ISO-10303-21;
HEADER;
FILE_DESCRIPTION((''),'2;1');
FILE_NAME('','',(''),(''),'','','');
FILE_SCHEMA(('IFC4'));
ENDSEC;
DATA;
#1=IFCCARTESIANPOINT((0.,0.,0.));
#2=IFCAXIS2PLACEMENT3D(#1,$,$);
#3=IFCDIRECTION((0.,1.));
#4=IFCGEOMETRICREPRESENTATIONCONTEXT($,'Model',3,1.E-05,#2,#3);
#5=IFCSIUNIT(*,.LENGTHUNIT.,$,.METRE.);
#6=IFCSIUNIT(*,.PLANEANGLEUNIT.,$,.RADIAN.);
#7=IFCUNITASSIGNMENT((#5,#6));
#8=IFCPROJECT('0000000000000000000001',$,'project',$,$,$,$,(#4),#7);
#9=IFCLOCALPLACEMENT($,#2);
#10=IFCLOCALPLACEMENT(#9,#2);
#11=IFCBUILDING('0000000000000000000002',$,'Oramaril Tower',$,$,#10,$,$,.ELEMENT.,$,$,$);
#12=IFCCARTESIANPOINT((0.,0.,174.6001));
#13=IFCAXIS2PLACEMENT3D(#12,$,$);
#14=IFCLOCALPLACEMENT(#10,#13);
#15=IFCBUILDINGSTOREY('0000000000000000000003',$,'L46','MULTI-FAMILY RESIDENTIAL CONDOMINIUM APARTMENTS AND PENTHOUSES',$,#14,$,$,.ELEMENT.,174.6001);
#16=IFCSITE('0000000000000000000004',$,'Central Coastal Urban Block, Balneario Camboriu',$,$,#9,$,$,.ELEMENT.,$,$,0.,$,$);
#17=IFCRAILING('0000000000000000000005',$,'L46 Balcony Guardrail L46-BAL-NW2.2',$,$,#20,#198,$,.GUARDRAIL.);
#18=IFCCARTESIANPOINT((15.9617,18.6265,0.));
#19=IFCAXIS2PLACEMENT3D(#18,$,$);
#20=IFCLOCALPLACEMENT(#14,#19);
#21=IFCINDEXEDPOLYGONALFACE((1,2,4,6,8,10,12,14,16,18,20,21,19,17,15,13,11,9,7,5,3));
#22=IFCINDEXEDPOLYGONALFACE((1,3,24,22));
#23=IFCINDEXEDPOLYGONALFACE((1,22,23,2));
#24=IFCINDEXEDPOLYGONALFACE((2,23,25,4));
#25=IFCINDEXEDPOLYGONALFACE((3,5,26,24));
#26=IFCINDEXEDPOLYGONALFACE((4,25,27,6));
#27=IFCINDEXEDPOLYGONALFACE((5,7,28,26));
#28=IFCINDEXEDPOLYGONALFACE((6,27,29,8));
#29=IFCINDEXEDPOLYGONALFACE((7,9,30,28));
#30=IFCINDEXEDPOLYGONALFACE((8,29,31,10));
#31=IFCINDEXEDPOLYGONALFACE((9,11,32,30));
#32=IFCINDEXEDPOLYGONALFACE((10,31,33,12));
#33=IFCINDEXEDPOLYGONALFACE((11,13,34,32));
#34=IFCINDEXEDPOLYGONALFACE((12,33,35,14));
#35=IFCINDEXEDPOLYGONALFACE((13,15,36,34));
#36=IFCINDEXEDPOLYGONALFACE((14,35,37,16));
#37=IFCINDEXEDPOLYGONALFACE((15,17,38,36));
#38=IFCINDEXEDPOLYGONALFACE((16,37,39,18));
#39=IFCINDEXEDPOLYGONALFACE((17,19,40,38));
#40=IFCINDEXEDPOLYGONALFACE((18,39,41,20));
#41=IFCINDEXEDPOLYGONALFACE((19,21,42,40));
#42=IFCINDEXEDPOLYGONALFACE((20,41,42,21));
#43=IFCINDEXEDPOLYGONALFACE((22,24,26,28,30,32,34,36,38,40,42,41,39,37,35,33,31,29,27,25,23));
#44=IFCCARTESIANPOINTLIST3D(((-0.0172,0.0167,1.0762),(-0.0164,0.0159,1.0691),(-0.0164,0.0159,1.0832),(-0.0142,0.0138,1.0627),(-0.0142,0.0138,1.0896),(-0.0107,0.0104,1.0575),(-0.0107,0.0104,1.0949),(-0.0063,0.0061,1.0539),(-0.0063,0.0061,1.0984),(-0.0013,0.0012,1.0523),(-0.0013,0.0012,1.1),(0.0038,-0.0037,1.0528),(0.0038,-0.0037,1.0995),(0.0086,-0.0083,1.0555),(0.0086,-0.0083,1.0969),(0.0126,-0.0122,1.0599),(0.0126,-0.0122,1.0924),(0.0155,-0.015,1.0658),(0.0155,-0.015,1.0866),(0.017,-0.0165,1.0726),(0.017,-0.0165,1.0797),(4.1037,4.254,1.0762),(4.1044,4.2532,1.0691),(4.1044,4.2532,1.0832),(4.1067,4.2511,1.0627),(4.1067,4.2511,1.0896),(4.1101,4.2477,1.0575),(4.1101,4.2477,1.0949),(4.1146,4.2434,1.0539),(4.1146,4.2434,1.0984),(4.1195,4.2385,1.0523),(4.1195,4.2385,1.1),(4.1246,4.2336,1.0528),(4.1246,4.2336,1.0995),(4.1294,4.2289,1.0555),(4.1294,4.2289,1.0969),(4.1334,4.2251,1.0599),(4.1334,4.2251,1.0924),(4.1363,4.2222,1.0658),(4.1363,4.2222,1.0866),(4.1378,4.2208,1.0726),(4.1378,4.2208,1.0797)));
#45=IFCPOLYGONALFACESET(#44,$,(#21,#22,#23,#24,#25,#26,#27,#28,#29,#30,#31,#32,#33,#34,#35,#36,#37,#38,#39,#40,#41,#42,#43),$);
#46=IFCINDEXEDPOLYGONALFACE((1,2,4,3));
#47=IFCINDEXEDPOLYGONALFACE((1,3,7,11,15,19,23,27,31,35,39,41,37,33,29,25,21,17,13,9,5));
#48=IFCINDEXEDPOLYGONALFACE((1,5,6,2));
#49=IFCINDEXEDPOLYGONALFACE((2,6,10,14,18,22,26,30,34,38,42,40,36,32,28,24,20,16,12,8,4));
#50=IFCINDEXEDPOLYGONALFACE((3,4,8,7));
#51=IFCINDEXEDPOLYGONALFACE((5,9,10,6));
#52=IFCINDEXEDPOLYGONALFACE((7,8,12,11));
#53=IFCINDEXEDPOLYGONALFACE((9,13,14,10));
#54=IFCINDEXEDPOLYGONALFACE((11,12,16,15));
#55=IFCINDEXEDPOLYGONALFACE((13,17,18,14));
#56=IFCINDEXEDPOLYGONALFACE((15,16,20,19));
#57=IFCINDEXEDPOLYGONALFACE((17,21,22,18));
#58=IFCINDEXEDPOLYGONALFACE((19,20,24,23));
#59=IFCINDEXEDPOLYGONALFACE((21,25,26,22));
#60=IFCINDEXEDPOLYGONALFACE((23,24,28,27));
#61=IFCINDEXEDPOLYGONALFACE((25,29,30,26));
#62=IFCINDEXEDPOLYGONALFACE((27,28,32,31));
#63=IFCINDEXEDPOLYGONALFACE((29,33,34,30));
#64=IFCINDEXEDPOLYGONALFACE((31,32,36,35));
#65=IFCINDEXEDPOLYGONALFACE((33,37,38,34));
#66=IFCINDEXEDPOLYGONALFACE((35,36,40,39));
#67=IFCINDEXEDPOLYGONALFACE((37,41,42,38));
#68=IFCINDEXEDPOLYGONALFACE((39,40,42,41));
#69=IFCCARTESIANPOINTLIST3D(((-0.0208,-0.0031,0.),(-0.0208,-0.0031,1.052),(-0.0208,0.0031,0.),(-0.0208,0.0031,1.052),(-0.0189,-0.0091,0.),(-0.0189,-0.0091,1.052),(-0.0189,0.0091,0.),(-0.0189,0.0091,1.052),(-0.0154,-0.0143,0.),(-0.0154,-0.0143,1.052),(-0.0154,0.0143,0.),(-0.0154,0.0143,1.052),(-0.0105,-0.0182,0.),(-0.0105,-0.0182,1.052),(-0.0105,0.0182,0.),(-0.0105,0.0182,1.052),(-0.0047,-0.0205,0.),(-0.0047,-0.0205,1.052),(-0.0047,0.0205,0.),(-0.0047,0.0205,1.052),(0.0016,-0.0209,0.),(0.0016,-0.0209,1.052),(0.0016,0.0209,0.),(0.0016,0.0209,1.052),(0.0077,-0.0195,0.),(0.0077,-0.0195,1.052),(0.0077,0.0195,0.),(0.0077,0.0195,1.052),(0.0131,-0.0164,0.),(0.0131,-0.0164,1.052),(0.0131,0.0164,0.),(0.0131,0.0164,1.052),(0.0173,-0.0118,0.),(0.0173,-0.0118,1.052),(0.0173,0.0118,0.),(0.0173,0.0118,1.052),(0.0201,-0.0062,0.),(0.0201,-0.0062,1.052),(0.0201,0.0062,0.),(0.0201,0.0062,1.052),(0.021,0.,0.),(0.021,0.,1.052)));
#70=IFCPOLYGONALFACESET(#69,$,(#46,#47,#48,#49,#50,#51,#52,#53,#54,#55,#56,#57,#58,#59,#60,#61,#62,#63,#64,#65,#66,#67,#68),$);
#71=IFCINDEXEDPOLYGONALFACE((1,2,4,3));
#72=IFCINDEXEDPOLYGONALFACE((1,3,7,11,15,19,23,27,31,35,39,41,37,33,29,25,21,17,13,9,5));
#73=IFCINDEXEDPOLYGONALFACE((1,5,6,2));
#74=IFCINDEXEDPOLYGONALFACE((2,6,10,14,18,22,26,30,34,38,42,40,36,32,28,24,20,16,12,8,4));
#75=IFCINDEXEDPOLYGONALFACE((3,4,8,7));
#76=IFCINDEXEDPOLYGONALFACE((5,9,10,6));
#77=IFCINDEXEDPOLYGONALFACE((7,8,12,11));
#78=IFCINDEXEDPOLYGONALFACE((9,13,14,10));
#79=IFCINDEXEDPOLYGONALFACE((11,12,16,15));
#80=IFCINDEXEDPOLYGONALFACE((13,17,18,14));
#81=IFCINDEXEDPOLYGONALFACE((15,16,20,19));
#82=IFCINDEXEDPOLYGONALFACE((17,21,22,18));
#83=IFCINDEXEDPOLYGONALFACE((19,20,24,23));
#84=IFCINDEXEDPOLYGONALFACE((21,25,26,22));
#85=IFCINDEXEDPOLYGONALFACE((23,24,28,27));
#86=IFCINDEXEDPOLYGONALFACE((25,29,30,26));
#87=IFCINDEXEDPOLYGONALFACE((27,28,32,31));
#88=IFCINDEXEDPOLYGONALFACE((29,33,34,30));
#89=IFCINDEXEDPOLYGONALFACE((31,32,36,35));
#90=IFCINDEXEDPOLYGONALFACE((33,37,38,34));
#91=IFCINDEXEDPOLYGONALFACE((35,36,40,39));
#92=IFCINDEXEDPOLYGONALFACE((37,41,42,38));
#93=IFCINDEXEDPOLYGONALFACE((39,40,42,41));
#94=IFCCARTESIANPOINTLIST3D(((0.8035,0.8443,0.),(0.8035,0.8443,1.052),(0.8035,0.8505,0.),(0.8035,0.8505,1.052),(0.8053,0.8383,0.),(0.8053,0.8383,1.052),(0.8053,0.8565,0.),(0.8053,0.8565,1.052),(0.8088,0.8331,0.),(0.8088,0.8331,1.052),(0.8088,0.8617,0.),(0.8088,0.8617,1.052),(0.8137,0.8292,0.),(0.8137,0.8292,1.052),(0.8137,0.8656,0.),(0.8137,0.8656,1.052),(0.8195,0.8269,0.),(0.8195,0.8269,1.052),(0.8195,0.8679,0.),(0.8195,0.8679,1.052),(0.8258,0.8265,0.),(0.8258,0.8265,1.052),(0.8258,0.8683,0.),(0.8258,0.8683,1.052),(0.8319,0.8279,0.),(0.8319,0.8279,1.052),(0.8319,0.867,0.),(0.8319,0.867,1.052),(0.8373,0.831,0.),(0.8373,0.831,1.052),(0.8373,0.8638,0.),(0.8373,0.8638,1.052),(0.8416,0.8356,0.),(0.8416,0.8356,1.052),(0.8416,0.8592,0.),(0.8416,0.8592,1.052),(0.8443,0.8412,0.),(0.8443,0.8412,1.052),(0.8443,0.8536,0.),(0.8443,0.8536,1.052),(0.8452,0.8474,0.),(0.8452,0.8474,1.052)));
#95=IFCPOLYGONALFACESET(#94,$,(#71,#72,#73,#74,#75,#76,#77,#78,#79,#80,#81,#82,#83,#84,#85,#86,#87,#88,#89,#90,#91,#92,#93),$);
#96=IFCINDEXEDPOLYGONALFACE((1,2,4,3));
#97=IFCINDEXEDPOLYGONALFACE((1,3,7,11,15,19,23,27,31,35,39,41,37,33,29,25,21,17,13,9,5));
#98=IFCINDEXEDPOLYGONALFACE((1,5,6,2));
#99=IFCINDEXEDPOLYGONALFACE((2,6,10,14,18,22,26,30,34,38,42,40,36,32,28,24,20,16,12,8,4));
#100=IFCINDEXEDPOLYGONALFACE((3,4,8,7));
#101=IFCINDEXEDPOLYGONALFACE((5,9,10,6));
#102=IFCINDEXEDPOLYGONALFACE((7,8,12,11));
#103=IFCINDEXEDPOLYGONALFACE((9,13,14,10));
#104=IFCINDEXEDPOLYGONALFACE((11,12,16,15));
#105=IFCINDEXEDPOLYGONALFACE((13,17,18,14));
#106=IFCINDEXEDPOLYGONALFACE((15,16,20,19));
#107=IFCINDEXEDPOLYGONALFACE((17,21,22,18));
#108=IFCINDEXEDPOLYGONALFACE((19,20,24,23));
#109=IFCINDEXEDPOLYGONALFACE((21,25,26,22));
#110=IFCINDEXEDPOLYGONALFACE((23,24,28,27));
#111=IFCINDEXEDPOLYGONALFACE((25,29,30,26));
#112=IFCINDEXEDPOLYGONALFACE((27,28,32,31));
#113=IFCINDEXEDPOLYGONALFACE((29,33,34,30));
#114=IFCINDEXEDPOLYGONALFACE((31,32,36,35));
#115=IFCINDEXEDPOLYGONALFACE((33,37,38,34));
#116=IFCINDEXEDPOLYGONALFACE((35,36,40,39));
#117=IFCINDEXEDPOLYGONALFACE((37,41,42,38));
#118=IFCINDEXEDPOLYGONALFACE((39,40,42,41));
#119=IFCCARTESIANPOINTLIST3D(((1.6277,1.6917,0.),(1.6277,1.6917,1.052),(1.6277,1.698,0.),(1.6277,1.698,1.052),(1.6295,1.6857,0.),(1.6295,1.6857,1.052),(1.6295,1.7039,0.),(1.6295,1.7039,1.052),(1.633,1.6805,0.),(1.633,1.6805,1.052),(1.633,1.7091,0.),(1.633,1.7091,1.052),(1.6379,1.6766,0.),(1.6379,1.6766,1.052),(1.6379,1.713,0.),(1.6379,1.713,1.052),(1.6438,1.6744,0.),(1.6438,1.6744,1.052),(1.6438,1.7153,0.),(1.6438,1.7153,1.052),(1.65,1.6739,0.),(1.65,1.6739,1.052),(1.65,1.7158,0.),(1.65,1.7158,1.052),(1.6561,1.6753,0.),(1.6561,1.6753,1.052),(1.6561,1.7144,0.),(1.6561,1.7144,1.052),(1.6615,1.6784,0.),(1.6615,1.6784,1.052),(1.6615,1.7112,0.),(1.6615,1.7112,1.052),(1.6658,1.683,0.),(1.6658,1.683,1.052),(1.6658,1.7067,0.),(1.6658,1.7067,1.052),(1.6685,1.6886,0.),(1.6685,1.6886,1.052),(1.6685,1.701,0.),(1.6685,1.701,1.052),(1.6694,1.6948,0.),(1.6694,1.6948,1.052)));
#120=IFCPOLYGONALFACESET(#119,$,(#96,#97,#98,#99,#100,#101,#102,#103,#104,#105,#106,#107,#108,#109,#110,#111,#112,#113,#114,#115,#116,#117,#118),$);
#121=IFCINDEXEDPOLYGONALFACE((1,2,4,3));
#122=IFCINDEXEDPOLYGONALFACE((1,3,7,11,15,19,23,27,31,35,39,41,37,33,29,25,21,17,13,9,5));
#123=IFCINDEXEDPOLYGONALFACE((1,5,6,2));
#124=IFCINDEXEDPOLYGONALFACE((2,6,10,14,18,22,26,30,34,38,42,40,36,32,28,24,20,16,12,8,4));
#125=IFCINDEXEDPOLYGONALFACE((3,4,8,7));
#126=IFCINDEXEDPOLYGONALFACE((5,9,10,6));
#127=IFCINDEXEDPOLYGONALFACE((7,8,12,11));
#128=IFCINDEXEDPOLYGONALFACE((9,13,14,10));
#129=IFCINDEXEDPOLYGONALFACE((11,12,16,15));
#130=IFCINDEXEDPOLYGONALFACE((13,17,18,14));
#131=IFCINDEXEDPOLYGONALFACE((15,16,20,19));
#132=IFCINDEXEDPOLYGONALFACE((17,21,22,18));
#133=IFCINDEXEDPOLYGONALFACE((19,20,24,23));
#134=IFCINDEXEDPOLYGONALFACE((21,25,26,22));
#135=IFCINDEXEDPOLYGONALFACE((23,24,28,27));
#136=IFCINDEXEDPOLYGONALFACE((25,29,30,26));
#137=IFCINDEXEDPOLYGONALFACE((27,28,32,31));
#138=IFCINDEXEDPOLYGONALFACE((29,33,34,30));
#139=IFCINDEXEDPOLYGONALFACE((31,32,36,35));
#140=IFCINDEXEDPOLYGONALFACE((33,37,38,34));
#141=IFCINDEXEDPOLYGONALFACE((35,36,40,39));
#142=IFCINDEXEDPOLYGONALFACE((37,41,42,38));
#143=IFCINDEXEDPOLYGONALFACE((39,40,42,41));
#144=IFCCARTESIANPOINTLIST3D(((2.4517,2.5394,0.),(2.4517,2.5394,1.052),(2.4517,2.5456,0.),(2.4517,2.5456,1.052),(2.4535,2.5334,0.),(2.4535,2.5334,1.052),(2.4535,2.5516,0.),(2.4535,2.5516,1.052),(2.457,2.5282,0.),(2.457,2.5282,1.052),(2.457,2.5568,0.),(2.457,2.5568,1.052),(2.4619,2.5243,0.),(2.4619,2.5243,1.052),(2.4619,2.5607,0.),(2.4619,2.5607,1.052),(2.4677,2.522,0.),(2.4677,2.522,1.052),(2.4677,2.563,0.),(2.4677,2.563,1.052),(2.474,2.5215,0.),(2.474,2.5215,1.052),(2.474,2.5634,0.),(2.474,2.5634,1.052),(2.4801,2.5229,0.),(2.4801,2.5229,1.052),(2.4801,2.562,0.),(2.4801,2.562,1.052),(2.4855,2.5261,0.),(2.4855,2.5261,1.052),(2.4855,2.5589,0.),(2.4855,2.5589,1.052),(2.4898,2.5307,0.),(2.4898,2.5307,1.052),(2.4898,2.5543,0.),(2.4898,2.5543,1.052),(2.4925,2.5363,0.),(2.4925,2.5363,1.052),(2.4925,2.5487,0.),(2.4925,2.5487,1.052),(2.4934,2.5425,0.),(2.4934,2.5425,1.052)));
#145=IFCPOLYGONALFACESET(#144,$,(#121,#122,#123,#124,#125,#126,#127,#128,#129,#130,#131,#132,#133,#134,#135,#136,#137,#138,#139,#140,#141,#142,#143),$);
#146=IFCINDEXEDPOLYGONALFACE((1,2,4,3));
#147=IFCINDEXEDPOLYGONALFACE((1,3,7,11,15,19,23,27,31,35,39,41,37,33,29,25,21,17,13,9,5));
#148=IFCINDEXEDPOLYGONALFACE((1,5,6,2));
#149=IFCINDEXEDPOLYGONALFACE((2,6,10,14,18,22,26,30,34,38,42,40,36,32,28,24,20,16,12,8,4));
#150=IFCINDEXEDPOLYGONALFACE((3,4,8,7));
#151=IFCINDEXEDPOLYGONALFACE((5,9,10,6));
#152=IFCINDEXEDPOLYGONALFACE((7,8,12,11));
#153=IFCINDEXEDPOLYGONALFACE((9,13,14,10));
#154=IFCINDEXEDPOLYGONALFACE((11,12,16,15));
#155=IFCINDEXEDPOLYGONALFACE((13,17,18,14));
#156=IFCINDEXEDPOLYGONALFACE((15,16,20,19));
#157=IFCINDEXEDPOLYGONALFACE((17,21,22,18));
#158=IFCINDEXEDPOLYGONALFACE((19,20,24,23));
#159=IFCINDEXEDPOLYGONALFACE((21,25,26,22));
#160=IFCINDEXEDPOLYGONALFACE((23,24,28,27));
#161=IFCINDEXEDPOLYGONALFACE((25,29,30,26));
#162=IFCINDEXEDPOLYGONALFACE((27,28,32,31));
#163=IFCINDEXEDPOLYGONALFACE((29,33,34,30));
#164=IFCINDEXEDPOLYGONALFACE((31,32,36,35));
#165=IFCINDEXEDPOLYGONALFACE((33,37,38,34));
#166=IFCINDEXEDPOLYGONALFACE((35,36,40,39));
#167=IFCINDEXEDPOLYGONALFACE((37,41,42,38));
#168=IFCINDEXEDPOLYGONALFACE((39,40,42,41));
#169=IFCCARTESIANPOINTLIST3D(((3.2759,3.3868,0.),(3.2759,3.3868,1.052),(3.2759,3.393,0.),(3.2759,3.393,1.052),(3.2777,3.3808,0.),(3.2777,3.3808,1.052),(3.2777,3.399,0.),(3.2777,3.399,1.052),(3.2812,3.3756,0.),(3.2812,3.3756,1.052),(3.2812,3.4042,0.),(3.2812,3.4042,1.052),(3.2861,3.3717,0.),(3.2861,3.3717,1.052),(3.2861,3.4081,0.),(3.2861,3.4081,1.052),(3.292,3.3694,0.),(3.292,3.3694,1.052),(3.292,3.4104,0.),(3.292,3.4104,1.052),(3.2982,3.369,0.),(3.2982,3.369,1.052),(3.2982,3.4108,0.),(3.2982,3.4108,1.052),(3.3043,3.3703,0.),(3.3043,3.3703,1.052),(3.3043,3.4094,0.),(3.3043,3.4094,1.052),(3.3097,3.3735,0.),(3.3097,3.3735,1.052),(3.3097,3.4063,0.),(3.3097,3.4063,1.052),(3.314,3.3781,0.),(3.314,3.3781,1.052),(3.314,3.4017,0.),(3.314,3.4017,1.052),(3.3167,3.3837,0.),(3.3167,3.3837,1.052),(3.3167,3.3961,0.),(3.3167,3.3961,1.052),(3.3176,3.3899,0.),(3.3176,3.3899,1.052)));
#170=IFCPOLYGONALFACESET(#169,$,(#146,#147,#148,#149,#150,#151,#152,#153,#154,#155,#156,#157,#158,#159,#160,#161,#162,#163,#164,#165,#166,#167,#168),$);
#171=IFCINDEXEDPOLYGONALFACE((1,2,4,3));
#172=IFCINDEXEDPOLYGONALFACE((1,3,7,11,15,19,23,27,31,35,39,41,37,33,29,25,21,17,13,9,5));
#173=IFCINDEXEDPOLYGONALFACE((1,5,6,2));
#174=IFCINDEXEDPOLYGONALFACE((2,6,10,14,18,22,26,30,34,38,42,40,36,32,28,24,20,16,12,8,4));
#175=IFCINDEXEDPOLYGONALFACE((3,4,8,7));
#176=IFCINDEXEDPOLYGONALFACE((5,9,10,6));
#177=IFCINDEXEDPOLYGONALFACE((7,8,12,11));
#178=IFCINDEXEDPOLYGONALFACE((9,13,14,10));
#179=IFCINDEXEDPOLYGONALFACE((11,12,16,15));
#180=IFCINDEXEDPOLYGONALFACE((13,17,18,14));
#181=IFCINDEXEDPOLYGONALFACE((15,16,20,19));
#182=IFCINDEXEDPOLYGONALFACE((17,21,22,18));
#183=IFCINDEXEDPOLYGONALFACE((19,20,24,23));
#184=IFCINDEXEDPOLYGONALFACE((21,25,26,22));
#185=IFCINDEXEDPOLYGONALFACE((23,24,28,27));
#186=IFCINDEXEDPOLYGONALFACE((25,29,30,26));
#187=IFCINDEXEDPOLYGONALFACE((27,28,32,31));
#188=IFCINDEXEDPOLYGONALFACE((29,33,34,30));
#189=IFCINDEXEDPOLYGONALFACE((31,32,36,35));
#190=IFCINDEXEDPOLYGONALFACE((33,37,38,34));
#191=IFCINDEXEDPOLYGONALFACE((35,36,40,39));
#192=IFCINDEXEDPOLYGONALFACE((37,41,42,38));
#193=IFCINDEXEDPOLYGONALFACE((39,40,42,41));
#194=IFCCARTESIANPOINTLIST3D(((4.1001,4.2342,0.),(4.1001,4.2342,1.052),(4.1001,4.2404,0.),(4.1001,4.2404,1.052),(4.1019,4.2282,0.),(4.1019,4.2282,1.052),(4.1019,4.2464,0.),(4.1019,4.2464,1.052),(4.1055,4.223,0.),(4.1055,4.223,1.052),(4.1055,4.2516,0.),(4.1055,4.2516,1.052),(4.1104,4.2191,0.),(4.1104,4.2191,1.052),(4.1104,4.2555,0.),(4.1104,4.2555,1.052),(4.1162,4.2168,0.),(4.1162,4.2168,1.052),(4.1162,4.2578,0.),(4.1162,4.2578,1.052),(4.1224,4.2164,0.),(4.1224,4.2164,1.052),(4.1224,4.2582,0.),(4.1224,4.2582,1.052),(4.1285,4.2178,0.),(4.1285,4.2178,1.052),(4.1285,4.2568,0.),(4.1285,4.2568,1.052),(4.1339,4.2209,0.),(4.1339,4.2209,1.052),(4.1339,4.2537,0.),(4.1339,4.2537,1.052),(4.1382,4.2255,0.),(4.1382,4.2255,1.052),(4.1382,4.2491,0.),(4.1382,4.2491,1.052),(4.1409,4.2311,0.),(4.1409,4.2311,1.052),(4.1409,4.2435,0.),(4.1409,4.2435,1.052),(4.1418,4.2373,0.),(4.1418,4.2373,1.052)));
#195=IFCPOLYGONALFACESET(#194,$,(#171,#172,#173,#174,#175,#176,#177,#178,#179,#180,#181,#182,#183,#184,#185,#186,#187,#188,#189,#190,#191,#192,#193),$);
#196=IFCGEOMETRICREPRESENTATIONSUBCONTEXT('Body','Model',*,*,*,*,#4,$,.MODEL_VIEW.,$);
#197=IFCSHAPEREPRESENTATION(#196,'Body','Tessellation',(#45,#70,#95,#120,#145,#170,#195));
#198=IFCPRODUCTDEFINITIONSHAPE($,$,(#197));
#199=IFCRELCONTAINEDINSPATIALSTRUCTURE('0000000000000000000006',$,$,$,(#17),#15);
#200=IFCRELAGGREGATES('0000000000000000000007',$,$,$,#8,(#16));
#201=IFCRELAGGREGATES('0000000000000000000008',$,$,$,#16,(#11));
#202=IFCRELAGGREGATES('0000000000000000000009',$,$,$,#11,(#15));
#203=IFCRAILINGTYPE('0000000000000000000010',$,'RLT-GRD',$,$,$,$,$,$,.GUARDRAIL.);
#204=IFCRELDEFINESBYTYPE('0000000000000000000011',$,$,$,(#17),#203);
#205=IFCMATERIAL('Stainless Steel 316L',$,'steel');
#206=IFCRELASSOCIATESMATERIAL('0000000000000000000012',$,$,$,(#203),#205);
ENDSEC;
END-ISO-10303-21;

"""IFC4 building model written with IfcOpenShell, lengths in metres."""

from ifc_helpers import new_model, si_unit, direction, frame, origin, origin_2d, place, context, subcontext, project, spatial, circle, extrude, material, type_object, element, save


model = new_model("IFC4")

# Units and contexts
model_context = context("Model", 3, precision=1e-05, world=origin(), true_north=direction((0.0, 1.0)))
body_context = subcontext(model_context, "Body", "Model", "MODEL_VIEW")
ifc_project = project(units=[si_unit("LENGTHUNIT", "METRE"), si_unit("PLANEANGLEUNIT", "RADIAN")], contexts=[model_context])

# Site, building, storey
site_placement = place(None, origin())
site = spatial("IfcSite", under=ifc_project, at=site_placement, Name="Central Coastal Urban Block, Balneario Camboriu", CompositionType="ELEMENT", RefElevation=0.0)
building_placement = place(site_placement, origin())
building = spatial("IfcBuilding", under=site, at=building_placement, Name="Oramaril Tower", CompositionType="ELEMENT")
storey_placement = place(building_placement, frame((0.0, 0.0, 174.6001)))
storey = spatial("IfcBuildingStorey", under=building, at=storey_placement, Name="L46", Description="MULTI-FAMILY RESIDENTIAL CONDOMINIUM APARTMENTS AND PENTHOUSES", CompositionType="ELEMENT", Elevation=174.6001)

# Railing
ifc_material_1 = material(Name="Stainless Steel 316L", Category="steel")
railing_type_1 = type_object("IfcRailingType", Name="RLT-GRD", PredefinedType="GUARDRAIL", material=ifc_material_1)
railing_1_placement = place(storey_placement, frame((15.9617, 18.6265, 0.0)))
element("IfcRailing", 1, at=railing_1_placement, inside=storey, type_object=railing_type_1, Name="L46 Balcony Guardrail L46-BAL-NW2.2", PredefinedType="GUARDRAIL", context=body_context, shape_type="SweptSolid", body=[
    extrude(circle(Radius=0.0239, at=origin_2d()), frame((0.0, 0.0, 1.0762), z_axis=(0.697187, 0.716889, 0.0), x_axis=(-0.716889, 0.697187, 0.0)), (0.0, 0.0, 1.0), 5.9106),
    extrude(circle(Radius=0.021, at=origin_2d()), origin(), (0.0, 0.0, 1.0), 1.052),
    extrude(circle(Radius=0.021, at=origin_2d()), frame((0.8242, 0.8474, 0.0)), (0.0, 0.0, 1.0), 1.052),
    extrude(circle(Radius=0.021, at=origin_2d()), frame((1.6484, 1.6948, 0.0)), (0.0, 0.0, 1.0), 1.052),
    extrude(circle(Radius=0.021, at=origin_2d()), frame((2.4724, 2.5425, 0.0)), (0.0, 0.0, 1.0), 1.052),
    extrude(circle(Radius=0.021, at=origin_2d()), frame((3.2966, 3.3899, 0.0)), (0.0, 0.0, 1.0), 1.052),
    extrude(circle(Radius=0.021, at=origin_2d()), frame((4.1208, 4.2373, 0.0)), (0.0, 0.0, 1.0), 1.052),
])

save(model, "model.ifc")
